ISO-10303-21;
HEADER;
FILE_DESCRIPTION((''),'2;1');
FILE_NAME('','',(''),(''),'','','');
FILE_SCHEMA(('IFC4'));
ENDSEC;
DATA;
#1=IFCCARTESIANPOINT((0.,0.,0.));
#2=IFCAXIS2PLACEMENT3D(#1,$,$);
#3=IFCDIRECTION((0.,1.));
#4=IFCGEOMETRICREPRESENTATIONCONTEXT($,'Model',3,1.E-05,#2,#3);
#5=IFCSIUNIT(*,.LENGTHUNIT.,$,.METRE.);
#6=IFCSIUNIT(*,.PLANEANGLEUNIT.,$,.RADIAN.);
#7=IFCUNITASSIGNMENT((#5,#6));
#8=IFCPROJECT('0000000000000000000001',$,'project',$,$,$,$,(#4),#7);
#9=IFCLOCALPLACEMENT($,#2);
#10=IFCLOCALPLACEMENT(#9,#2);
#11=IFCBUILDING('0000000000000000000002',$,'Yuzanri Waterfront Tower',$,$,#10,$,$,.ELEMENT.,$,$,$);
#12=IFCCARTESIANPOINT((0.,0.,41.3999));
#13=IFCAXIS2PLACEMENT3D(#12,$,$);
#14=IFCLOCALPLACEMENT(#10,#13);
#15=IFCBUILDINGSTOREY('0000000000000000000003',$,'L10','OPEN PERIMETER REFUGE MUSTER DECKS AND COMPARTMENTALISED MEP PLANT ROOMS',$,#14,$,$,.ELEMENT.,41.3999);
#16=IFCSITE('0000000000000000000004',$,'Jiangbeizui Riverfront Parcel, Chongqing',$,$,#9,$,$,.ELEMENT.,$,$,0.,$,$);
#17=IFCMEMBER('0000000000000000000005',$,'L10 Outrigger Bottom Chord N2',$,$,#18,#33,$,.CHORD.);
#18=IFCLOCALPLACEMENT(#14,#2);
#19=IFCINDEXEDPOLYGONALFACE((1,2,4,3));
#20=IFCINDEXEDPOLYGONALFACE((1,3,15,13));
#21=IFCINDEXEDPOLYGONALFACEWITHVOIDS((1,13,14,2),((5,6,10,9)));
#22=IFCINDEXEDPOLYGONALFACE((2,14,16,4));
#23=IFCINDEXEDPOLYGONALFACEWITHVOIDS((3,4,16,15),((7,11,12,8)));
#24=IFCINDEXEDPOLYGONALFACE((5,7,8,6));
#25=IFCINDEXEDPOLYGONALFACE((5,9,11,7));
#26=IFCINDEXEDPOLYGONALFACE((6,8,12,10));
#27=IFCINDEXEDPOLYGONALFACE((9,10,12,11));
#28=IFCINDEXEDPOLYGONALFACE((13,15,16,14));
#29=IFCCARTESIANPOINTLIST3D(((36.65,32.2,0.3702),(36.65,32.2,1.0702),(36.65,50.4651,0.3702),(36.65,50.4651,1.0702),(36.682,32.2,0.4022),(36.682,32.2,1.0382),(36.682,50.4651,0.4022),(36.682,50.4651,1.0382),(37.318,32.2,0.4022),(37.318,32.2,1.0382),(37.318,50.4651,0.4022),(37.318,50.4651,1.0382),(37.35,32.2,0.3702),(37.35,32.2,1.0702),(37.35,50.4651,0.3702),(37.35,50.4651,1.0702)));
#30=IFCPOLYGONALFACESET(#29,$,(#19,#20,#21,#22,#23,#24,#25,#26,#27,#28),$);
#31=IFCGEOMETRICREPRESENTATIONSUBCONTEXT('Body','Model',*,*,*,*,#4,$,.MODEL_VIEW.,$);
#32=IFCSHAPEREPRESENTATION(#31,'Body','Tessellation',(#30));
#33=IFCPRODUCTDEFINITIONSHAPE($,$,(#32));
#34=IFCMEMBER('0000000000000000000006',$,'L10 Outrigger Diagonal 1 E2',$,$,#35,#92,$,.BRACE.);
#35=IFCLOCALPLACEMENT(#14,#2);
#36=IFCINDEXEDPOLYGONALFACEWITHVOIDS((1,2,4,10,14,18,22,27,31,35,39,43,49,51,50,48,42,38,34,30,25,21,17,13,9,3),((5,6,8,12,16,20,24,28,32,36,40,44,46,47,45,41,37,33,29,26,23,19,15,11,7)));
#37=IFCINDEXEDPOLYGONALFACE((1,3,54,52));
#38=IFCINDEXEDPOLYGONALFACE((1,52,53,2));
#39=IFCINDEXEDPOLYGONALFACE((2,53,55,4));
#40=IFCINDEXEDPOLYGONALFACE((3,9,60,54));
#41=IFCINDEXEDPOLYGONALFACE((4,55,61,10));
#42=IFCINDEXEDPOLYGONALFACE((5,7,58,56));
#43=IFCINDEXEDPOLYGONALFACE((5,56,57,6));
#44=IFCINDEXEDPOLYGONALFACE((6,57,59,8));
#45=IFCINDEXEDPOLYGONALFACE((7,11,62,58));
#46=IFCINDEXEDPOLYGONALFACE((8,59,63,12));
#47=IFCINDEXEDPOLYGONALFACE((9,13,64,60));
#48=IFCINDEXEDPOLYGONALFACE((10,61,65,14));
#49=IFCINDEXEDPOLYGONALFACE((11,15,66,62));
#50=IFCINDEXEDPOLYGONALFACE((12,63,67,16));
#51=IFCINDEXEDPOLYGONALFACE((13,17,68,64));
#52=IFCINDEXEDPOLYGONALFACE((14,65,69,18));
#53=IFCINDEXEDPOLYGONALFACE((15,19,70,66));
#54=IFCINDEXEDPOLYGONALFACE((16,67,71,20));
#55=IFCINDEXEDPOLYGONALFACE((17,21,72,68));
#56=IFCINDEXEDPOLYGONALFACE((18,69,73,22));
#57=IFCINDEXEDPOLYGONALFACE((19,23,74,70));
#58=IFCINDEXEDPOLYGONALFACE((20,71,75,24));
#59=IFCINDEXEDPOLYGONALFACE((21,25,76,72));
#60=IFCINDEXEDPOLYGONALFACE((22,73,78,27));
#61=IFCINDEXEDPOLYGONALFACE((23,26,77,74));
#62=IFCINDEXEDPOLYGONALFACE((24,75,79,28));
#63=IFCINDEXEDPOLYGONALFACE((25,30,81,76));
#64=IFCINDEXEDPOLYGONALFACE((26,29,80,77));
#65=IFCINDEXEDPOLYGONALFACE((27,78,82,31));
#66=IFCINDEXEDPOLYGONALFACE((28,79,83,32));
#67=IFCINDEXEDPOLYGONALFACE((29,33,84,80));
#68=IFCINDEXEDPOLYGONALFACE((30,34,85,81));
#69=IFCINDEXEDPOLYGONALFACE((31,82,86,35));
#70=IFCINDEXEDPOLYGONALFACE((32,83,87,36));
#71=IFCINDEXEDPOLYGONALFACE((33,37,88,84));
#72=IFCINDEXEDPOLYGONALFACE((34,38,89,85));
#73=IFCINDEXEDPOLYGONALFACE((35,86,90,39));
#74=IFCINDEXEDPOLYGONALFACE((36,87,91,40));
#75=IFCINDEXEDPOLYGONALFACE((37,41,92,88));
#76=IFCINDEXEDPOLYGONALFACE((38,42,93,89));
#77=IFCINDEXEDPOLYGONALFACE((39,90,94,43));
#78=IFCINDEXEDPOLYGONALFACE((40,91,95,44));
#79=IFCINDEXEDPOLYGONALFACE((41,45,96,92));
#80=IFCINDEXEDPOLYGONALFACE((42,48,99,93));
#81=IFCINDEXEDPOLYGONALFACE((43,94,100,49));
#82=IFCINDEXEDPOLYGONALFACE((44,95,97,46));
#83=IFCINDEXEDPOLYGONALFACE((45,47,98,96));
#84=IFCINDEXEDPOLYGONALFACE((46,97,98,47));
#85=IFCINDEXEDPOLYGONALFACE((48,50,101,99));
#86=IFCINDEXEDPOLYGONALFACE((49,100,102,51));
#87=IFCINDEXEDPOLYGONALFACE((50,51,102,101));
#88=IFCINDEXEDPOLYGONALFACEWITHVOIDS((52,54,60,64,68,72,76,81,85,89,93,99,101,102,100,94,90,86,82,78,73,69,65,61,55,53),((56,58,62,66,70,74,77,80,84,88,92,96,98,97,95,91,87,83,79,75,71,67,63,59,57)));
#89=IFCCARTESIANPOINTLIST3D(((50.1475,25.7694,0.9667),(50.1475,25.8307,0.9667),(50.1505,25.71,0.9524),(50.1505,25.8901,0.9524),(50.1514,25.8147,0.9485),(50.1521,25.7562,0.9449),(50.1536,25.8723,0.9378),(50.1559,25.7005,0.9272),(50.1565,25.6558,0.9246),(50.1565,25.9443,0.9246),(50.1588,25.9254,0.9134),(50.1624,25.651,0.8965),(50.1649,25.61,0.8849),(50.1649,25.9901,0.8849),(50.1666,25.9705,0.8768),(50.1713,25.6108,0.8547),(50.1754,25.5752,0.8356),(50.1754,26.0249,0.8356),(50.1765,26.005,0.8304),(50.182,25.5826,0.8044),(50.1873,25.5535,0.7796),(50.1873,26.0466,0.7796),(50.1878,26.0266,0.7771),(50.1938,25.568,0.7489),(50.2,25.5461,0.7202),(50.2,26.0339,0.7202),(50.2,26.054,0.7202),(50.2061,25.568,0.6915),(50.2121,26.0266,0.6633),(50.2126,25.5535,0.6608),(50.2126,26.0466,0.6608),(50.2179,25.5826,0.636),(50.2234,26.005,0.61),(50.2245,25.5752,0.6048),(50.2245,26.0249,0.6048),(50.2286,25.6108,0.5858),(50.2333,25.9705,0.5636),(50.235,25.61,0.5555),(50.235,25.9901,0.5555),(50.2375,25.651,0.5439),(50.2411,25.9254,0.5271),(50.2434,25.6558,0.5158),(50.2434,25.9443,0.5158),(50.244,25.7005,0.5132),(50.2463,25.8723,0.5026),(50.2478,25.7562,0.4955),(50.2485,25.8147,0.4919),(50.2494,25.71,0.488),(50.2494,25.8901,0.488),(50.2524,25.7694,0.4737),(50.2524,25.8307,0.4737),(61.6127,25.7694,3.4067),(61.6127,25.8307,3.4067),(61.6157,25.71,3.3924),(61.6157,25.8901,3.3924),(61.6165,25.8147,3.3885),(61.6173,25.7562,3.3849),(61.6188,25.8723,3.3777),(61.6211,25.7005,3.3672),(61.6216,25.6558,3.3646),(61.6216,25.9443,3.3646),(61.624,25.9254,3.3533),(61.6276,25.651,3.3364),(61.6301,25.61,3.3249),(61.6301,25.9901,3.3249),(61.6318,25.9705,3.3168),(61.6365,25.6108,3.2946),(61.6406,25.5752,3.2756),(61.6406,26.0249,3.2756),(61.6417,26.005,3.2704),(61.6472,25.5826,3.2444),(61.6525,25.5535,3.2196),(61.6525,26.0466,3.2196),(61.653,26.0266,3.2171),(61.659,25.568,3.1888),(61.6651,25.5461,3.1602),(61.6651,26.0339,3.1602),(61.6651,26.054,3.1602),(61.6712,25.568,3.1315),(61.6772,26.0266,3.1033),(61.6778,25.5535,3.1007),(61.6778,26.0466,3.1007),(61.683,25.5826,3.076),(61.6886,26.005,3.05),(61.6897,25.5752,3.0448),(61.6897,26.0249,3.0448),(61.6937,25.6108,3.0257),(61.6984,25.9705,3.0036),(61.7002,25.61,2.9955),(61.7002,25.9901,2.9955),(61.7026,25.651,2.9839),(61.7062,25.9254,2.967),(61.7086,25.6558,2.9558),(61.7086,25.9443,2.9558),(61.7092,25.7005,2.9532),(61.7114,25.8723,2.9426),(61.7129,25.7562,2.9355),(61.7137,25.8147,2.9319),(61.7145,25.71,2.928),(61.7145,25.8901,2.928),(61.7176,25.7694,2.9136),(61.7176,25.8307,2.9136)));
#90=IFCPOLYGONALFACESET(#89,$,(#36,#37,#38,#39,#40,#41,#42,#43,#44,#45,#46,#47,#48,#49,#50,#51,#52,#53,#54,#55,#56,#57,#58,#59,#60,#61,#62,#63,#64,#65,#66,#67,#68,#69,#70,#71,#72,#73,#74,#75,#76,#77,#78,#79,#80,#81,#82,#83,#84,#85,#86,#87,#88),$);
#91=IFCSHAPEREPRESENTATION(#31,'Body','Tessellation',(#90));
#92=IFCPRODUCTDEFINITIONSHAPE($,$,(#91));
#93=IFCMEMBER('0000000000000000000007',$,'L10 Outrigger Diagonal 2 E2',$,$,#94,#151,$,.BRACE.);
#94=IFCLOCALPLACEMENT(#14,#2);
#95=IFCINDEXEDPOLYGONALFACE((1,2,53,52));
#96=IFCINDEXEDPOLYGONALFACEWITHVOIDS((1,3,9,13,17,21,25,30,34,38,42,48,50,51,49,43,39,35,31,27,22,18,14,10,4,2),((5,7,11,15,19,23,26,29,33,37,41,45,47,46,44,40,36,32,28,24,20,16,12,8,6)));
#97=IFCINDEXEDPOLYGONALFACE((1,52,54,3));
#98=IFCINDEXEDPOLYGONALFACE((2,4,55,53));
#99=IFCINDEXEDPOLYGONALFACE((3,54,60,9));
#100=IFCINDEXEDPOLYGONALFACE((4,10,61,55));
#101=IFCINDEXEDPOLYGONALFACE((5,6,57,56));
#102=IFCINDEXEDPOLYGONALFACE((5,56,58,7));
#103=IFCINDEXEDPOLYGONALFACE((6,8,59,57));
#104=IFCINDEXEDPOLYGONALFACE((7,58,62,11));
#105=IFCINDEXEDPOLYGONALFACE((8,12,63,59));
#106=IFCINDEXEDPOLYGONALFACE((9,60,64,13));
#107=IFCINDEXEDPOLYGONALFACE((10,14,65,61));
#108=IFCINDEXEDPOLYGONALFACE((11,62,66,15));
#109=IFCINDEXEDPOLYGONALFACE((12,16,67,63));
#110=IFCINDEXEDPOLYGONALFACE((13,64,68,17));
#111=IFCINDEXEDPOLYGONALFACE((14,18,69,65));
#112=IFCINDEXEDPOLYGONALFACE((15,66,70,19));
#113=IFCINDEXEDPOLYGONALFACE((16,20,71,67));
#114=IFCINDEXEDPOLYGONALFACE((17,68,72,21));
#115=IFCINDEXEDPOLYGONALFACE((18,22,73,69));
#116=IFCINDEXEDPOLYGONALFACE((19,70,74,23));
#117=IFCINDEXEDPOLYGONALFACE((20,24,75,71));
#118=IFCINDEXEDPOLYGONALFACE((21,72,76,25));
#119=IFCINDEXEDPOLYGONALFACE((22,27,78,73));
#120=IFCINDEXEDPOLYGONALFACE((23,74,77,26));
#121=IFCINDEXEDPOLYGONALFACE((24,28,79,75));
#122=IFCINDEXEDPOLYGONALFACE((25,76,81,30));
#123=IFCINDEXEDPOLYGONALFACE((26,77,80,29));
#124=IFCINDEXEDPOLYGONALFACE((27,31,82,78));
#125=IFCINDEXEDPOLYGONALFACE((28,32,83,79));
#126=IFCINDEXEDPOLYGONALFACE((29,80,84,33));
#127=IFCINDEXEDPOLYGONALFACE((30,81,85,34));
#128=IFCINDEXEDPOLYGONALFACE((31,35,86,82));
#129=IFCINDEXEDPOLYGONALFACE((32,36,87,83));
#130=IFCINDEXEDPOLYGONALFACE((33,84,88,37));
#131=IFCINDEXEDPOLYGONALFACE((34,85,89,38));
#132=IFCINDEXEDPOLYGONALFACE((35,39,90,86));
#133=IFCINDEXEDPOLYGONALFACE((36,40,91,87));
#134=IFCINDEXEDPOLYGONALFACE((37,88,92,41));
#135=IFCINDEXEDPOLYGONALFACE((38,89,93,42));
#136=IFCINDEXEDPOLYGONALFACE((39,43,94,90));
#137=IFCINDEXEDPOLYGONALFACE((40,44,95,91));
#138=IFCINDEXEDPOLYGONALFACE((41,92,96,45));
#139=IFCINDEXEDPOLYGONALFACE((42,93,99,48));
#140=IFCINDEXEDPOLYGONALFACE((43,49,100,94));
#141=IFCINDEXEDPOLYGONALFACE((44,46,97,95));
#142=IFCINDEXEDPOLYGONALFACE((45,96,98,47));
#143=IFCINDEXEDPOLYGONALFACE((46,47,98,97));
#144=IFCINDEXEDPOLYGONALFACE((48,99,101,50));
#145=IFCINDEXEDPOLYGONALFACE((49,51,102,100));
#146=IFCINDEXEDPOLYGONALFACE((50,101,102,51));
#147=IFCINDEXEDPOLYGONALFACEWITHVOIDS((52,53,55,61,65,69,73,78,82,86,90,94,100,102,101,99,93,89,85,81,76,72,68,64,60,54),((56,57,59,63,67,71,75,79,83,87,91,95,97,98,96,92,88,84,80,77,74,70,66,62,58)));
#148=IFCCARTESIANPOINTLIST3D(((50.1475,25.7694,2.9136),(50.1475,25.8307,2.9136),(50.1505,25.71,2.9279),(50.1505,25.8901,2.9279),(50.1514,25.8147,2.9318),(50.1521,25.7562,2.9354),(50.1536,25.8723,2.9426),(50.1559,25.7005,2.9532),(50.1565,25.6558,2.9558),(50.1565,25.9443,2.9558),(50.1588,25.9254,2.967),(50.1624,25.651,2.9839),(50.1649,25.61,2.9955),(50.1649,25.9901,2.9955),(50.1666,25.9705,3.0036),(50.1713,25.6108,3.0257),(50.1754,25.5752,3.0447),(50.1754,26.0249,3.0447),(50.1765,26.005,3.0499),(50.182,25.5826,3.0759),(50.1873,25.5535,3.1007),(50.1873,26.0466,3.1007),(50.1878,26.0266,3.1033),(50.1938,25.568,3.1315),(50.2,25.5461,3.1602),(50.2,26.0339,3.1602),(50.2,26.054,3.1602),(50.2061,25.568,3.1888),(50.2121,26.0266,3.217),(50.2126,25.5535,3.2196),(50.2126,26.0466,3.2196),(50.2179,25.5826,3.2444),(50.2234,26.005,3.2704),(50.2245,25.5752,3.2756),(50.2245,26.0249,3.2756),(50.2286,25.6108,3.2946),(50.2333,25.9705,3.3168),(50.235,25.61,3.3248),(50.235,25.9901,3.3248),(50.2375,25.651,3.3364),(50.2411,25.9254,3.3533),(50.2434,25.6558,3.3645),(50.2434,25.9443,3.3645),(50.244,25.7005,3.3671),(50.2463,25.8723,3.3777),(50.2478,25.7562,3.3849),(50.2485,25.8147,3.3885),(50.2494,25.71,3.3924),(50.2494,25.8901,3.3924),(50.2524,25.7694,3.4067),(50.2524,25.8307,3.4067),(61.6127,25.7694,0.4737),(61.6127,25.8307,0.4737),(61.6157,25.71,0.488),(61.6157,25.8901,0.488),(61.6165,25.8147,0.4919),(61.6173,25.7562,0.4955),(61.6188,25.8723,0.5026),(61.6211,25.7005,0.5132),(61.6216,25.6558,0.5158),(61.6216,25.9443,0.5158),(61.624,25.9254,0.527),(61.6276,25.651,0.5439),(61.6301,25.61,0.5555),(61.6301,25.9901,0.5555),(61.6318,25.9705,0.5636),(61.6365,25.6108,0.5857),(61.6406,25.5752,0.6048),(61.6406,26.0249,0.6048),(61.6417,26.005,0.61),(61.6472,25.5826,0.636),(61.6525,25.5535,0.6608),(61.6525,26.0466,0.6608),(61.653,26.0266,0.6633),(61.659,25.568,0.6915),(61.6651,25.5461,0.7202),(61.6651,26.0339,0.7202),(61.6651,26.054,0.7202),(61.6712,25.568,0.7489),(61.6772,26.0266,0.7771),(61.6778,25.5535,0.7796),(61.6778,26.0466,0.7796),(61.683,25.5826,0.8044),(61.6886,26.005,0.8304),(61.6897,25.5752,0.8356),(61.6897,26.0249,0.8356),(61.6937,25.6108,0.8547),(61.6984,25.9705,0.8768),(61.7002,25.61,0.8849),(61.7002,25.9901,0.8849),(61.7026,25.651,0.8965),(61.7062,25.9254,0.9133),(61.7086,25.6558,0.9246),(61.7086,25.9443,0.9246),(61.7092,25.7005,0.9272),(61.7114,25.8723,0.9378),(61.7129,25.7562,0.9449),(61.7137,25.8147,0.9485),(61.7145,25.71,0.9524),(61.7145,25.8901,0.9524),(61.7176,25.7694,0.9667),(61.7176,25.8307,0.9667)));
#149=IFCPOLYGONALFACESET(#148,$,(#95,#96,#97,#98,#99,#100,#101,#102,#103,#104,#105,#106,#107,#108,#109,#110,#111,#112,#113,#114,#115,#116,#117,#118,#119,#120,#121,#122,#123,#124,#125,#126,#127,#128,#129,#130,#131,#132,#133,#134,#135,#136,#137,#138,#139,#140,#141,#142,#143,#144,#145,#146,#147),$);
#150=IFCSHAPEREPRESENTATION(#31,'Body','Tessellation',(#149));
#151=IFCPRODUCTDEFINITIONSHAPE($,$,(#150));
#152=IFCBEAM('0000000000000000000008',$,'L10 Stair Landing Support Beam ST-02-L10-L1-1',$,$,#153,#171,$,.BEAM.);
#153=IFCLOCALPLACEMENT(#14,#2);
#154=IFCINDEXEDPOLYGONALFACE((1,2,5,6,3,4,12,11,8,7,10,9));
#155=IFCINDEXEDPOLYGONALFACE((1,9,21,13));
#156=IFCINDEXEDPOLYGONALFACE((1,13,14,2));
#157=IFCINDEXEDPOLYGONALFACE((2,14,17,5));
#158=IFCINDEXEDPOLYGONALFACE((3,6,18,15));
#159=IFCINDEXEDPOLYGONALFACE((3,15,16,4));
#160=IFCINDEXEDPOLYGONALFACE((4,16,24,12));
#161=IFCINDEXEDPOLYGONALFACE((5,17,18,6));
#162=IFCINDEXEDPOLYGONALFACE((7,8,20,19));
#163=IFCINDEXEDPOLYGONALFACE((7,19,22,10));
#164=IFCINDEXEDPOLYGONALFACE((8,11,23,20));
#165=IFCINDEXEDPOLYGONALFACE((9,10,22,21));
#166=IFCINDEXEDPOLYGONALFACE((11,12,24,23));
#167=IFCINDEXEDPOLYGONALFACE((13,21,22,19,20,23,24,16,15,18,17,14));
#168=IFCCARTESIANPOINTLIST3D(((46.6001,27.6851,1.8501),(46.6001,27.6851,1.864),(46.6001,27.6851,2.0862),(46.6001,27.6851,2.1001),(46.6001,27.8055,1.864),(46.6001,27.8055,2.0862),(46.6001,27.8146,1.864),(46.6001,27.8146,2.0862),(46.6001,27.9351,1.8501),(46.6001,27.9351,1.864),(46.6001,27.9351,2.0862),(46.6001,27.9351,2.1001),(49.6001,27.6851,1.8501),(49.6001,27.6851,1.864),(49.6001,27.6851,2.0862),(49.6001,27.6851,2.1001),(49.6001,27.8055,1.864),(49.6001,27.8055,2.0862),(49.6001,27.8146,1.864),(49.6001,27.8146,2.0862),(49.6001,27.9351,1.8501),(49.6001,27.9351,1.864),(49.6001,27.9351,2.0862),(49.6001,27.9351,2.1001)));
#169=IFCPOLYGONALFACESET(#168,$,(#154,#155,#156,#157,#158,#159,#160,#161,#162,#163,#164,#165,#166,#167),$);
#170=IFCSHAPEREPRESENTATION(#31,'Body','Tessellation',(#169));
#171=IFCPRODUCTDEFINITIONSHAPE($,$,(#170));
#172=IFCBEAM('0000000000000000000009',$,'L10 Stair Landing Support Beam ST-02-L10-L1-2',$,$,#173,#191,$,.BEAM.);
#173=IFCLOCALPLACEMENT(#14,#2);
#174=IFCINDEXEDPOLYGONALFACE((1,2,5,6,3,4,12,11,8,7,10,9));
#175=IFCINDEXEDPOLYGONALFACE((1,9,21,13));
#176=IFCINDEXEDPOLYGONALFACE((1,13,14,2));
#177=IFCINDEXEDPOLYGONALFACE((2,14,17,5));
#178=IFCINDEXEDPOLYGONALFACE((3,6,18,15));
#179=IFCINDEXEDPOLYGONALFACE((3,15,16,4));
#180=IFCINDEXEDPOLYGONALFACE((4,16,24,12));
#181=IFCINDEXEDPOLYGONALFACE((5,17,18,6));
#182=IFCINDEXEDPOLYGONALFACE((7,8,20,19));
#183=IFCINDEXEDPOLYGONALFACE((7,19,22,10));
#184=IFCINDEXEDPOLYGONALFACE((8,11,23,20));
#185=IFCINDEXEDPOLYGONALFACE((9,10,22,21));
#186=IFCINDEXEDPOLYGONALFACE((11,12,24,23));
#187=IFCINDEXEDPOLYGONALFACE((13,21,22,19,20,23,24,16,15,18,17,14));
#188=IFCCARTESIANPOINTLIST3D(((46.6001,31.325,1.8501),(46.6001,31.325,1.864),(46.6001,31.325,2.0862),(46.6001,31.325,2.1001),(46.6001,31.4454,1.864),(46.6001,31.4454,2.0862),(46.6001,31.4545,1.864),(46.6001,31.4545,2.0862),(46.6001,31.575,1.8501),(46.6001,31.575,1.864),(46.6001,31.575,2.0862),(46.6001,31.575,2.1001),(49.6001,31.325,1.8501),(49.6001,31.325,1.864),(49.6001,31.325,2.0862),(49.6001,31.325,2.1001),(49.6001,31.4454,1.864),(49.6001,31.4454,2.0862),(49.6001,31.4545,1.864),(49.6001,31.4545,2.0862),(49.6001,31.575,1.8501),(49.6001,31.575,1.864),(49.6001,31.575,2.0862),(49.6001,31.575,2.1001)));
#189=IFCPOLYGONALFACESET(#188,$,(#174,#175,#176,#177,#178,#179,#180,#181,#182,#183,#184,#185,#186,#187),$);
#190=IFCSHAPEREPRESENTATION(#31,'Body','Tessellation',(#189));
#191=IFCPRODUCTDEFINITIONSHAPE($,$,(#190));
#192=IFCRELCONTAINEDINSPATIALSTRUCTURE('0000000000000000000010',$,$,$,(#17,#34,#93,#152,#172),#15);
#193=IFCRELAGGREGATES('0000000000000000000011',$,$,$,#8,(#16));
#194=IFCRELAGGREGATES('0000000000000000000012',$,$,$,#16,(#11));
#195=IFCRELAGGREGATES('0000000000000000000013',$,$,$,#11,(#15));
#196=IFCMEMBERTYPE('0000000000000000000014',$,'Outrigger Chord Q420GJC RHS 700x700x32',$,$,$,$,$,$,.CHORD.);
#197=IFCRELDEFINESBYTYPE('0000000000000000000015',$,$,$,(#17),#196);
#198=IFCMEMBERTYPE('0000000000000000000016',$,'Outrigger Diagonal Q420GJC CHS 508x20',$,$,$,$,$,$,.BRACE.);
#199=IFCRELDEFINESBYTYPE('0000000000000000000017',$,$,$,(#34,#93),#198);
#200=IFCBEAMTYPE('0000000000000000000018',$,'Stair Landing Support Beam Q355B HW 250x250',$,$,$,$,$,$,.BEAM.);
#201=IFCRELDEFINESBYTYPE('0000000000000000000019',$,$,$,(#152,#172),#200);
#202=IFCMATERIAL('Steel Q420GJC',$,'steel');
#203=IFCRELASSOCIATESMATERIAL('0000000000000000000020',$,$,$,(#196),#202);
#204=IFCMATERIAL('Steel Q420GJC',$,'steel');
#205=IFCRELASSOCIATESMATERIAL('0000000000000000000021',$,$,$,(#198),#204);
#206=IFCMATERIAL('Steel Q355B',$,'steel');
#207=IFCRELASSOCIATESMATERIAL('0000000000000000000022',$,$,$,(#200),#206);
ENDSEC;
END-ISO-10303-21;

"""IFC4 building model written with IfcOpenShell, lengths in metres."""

from ifc_helpers import new_model, si_unit, direction, frame, origin, origin_2d, place, context, subcontext, project, spatial, hollow_rectangle, hollow_circle, i_section, extrude, source, transform, mapped, material, material_profile, profile_set, type_object, element, save


model = new_model("IFC4")

# Units and contexts
model_context = context("Model", 3, precision=1e-05, world=origin(), true_north=direction((0.0, 1.0)))
body_context = subcontext(model_context, "Body", "Model", "MODEL_VIEW")
ifc_project = project(units=[si_unit("LENGTHUNIT", "METRE"), si_unit("PLANEANGLEUNIT", "RADIAN")], contexts=[model_context])

# Site, building, storey
site_placement = place(None, origin())
site = spatial("IfcSite", under=ifc_project, at=site_placement, Name="Jiangbeizui Riverfront Parcel, Chongqing", CompositionType="ELEMENT", RefElevation=0.0)
building_placement = place(site_placement, origin())
building = spatial("IfcBuilding", under=site, at=building_placement, Name="Yuzanri Waterfront Tower", CompositionType="ELEMENT")
storey_placement = place(building_placement, frame((0.0, 0.0, 41.3999)))
storey = spatial("IfcBuildingStorey", under=building, at=storey_placement, Name="L10", Description="OPEN PERIMETER REFUGE MUSTER DECKS AND COMPARTMENTALISED MEP PLANT ROOMS", CompositionType="ELEMENT", Elevation=41.3999)

# Members
ifc_material_1 = material(Name="Steel Q420GJC", Category="steel")
ifc_material_profile_1 = material_profile(ifc_material_1, hollow_rectangle(XDim=0.7, YDim=0.7, WallThickness=0.032, at=origin_2d()), Name="RHS 700x700x32")
ifc_profile_set_1 = profile_set([ifc_material_profile_1], Name="Steel Q420GJC")
member_type_1 = type_object("IfcMemberType", Name="Outrigger Chord Q420GJC RHS 700x700x32", PredefinedType="CHORD", material=ifc_profile_set_1)
shared_shape_1 = source(origin(), body_context, "Body", "SweptSolid", [
    extrude(hollow_rectangle(XDim=0.7, YDim=0.7, WallThickness=0.032, at=origin_2d()), origin(), (0.0, 0.0, 1.0), 18.2651),
])
member_placement = place(storey_placement, frame((37.0, 32.2, 0.7202), z_axis=(0.0, 1.0, 0.0), x_axis=(-1.0, 0.0, 0.0)))
element("IfcMember", 1, at=member_placement, inside=storey, type_object=member_type_1, Name="L10 Outrigger Bottom Chord N2", PredefinedType="CHORD", context=body_context, shape_type="MappedRepresentation", body=[
    mapped(shared_shape_1, transform((0.0, 0.0, 0.0), scale=1.0)),
])
ifc_material_2 = material(Name="Steel Q420GJC", Category="steel")
ifc_material_profile_2 = material_profile(ifc_material_2, hollow_circle(Radius=0.2539, WallThickness=0.02, at=origin_2d()), Name="CHS 508x20")
ifc_profile_set_2 = profile_set([ifc_material_profile_2], Name="Steel Q420GJC")
member_type_2 = type_object("IfcMemberType", Name="Outrigger Diagonal Q420GJC CHS 508x20", PredefinedType="BRACE", material=ifc_profile_set_2)
shared_shape_2 = source(origin(), body_context, "Body", "SweptSolid", [
    extrude(hollow_circle(Radius=0.2539, WallThickness=0.02, at=origin_2d()), origin(), (0.0, 0.0, 1.0), 11.7219),
])
for number, where, z_axis, x_axis, name in (
    (2, (50.2, 25.8, 0.7202), (0.978096, 0.0, 0.208153), (0.0, 1.0, 0.0), "L10 Outrigger Diagonal 1 E2"),
    (3, (50.2, 25.8, 3.1602), (0.978096, 0.0, -0.208153), (0.0, 1.0, 0.0), "L10 Outrigger Diagonal 2 E2"),
):
    element("IfcMember", number, at=place(storey_placement, frame(where, z_axis=z_axis, x_axis=x_axis)), inside=storey, type_object=member_type_2, Name=name, PredefinedType="BRACE", context=body_context, shape_type="MappedRepresentation", body=[
        mapped(shared_shape_2, transform((0.0, 0.0, 0.0), scale=1.0)),
    ])

# Beams
ifc_material_3 = material(Name="Steel Q355B", Category="steel")
ifc_material_profile_3 = material_profile(ifc_material_3, i_section(OverallWidth=0.25, OverallDepth=0.25, WebThickness=0.009, FlangeThickness=0.0139, at=origin_2d()), Name="HW 250x250x9x14")
ifc_profile_set_3 = profile_set([ifc_material_profile_3], Name="Steel Q355B")
beam_type = type_object("IfcBeamType", Name="Stair Landing Support Beam Q355B HW 250x250", PredefinedType="BEAM", material=ifc_profile_set_3)
shared_shape_3 = source(origin(), body_context, "Body", "SweptSolid", [
    extrude(i_section(OverallWidth=0.25, OverallDepth=0.25, WebThickness=0.009, FlangeThickness=0.0139, at=origin_2d()), origin(), (0.0, 0.0, 1.0), 3.0),
])
for number, where, z_axis, x_axis, name in (
    (4, (46.6001, 27.8101, 1.9751), (1.0, 0.0, 0.0), (0.0, 1.0, 0.0), "L10 Stair Landing Support Beam ST-02-L10-L1-1"),
    (5, (46.6001, 31.45, 1.9751), (1.0, 0.0, 0.0), (0.0, 1.0, 0.0), "L10 Stair Landing Support Beam ST-02-L10-L1-2"),
):
    element("IfcBeam", number, at=place(storey_placement, frame(where, z_axis=z_axis, x_axis=x_axis)), inside=storey, type_object=beam_type, Name=name, PredefinedType="BEAM", context=body_context, shape_type="MappedRepresentation", body=[
        mapped(shared_shape_3, transform((0.0, 0.0, 0.0), scale=1.0)),
    ])

save(model, "model.ifc")
